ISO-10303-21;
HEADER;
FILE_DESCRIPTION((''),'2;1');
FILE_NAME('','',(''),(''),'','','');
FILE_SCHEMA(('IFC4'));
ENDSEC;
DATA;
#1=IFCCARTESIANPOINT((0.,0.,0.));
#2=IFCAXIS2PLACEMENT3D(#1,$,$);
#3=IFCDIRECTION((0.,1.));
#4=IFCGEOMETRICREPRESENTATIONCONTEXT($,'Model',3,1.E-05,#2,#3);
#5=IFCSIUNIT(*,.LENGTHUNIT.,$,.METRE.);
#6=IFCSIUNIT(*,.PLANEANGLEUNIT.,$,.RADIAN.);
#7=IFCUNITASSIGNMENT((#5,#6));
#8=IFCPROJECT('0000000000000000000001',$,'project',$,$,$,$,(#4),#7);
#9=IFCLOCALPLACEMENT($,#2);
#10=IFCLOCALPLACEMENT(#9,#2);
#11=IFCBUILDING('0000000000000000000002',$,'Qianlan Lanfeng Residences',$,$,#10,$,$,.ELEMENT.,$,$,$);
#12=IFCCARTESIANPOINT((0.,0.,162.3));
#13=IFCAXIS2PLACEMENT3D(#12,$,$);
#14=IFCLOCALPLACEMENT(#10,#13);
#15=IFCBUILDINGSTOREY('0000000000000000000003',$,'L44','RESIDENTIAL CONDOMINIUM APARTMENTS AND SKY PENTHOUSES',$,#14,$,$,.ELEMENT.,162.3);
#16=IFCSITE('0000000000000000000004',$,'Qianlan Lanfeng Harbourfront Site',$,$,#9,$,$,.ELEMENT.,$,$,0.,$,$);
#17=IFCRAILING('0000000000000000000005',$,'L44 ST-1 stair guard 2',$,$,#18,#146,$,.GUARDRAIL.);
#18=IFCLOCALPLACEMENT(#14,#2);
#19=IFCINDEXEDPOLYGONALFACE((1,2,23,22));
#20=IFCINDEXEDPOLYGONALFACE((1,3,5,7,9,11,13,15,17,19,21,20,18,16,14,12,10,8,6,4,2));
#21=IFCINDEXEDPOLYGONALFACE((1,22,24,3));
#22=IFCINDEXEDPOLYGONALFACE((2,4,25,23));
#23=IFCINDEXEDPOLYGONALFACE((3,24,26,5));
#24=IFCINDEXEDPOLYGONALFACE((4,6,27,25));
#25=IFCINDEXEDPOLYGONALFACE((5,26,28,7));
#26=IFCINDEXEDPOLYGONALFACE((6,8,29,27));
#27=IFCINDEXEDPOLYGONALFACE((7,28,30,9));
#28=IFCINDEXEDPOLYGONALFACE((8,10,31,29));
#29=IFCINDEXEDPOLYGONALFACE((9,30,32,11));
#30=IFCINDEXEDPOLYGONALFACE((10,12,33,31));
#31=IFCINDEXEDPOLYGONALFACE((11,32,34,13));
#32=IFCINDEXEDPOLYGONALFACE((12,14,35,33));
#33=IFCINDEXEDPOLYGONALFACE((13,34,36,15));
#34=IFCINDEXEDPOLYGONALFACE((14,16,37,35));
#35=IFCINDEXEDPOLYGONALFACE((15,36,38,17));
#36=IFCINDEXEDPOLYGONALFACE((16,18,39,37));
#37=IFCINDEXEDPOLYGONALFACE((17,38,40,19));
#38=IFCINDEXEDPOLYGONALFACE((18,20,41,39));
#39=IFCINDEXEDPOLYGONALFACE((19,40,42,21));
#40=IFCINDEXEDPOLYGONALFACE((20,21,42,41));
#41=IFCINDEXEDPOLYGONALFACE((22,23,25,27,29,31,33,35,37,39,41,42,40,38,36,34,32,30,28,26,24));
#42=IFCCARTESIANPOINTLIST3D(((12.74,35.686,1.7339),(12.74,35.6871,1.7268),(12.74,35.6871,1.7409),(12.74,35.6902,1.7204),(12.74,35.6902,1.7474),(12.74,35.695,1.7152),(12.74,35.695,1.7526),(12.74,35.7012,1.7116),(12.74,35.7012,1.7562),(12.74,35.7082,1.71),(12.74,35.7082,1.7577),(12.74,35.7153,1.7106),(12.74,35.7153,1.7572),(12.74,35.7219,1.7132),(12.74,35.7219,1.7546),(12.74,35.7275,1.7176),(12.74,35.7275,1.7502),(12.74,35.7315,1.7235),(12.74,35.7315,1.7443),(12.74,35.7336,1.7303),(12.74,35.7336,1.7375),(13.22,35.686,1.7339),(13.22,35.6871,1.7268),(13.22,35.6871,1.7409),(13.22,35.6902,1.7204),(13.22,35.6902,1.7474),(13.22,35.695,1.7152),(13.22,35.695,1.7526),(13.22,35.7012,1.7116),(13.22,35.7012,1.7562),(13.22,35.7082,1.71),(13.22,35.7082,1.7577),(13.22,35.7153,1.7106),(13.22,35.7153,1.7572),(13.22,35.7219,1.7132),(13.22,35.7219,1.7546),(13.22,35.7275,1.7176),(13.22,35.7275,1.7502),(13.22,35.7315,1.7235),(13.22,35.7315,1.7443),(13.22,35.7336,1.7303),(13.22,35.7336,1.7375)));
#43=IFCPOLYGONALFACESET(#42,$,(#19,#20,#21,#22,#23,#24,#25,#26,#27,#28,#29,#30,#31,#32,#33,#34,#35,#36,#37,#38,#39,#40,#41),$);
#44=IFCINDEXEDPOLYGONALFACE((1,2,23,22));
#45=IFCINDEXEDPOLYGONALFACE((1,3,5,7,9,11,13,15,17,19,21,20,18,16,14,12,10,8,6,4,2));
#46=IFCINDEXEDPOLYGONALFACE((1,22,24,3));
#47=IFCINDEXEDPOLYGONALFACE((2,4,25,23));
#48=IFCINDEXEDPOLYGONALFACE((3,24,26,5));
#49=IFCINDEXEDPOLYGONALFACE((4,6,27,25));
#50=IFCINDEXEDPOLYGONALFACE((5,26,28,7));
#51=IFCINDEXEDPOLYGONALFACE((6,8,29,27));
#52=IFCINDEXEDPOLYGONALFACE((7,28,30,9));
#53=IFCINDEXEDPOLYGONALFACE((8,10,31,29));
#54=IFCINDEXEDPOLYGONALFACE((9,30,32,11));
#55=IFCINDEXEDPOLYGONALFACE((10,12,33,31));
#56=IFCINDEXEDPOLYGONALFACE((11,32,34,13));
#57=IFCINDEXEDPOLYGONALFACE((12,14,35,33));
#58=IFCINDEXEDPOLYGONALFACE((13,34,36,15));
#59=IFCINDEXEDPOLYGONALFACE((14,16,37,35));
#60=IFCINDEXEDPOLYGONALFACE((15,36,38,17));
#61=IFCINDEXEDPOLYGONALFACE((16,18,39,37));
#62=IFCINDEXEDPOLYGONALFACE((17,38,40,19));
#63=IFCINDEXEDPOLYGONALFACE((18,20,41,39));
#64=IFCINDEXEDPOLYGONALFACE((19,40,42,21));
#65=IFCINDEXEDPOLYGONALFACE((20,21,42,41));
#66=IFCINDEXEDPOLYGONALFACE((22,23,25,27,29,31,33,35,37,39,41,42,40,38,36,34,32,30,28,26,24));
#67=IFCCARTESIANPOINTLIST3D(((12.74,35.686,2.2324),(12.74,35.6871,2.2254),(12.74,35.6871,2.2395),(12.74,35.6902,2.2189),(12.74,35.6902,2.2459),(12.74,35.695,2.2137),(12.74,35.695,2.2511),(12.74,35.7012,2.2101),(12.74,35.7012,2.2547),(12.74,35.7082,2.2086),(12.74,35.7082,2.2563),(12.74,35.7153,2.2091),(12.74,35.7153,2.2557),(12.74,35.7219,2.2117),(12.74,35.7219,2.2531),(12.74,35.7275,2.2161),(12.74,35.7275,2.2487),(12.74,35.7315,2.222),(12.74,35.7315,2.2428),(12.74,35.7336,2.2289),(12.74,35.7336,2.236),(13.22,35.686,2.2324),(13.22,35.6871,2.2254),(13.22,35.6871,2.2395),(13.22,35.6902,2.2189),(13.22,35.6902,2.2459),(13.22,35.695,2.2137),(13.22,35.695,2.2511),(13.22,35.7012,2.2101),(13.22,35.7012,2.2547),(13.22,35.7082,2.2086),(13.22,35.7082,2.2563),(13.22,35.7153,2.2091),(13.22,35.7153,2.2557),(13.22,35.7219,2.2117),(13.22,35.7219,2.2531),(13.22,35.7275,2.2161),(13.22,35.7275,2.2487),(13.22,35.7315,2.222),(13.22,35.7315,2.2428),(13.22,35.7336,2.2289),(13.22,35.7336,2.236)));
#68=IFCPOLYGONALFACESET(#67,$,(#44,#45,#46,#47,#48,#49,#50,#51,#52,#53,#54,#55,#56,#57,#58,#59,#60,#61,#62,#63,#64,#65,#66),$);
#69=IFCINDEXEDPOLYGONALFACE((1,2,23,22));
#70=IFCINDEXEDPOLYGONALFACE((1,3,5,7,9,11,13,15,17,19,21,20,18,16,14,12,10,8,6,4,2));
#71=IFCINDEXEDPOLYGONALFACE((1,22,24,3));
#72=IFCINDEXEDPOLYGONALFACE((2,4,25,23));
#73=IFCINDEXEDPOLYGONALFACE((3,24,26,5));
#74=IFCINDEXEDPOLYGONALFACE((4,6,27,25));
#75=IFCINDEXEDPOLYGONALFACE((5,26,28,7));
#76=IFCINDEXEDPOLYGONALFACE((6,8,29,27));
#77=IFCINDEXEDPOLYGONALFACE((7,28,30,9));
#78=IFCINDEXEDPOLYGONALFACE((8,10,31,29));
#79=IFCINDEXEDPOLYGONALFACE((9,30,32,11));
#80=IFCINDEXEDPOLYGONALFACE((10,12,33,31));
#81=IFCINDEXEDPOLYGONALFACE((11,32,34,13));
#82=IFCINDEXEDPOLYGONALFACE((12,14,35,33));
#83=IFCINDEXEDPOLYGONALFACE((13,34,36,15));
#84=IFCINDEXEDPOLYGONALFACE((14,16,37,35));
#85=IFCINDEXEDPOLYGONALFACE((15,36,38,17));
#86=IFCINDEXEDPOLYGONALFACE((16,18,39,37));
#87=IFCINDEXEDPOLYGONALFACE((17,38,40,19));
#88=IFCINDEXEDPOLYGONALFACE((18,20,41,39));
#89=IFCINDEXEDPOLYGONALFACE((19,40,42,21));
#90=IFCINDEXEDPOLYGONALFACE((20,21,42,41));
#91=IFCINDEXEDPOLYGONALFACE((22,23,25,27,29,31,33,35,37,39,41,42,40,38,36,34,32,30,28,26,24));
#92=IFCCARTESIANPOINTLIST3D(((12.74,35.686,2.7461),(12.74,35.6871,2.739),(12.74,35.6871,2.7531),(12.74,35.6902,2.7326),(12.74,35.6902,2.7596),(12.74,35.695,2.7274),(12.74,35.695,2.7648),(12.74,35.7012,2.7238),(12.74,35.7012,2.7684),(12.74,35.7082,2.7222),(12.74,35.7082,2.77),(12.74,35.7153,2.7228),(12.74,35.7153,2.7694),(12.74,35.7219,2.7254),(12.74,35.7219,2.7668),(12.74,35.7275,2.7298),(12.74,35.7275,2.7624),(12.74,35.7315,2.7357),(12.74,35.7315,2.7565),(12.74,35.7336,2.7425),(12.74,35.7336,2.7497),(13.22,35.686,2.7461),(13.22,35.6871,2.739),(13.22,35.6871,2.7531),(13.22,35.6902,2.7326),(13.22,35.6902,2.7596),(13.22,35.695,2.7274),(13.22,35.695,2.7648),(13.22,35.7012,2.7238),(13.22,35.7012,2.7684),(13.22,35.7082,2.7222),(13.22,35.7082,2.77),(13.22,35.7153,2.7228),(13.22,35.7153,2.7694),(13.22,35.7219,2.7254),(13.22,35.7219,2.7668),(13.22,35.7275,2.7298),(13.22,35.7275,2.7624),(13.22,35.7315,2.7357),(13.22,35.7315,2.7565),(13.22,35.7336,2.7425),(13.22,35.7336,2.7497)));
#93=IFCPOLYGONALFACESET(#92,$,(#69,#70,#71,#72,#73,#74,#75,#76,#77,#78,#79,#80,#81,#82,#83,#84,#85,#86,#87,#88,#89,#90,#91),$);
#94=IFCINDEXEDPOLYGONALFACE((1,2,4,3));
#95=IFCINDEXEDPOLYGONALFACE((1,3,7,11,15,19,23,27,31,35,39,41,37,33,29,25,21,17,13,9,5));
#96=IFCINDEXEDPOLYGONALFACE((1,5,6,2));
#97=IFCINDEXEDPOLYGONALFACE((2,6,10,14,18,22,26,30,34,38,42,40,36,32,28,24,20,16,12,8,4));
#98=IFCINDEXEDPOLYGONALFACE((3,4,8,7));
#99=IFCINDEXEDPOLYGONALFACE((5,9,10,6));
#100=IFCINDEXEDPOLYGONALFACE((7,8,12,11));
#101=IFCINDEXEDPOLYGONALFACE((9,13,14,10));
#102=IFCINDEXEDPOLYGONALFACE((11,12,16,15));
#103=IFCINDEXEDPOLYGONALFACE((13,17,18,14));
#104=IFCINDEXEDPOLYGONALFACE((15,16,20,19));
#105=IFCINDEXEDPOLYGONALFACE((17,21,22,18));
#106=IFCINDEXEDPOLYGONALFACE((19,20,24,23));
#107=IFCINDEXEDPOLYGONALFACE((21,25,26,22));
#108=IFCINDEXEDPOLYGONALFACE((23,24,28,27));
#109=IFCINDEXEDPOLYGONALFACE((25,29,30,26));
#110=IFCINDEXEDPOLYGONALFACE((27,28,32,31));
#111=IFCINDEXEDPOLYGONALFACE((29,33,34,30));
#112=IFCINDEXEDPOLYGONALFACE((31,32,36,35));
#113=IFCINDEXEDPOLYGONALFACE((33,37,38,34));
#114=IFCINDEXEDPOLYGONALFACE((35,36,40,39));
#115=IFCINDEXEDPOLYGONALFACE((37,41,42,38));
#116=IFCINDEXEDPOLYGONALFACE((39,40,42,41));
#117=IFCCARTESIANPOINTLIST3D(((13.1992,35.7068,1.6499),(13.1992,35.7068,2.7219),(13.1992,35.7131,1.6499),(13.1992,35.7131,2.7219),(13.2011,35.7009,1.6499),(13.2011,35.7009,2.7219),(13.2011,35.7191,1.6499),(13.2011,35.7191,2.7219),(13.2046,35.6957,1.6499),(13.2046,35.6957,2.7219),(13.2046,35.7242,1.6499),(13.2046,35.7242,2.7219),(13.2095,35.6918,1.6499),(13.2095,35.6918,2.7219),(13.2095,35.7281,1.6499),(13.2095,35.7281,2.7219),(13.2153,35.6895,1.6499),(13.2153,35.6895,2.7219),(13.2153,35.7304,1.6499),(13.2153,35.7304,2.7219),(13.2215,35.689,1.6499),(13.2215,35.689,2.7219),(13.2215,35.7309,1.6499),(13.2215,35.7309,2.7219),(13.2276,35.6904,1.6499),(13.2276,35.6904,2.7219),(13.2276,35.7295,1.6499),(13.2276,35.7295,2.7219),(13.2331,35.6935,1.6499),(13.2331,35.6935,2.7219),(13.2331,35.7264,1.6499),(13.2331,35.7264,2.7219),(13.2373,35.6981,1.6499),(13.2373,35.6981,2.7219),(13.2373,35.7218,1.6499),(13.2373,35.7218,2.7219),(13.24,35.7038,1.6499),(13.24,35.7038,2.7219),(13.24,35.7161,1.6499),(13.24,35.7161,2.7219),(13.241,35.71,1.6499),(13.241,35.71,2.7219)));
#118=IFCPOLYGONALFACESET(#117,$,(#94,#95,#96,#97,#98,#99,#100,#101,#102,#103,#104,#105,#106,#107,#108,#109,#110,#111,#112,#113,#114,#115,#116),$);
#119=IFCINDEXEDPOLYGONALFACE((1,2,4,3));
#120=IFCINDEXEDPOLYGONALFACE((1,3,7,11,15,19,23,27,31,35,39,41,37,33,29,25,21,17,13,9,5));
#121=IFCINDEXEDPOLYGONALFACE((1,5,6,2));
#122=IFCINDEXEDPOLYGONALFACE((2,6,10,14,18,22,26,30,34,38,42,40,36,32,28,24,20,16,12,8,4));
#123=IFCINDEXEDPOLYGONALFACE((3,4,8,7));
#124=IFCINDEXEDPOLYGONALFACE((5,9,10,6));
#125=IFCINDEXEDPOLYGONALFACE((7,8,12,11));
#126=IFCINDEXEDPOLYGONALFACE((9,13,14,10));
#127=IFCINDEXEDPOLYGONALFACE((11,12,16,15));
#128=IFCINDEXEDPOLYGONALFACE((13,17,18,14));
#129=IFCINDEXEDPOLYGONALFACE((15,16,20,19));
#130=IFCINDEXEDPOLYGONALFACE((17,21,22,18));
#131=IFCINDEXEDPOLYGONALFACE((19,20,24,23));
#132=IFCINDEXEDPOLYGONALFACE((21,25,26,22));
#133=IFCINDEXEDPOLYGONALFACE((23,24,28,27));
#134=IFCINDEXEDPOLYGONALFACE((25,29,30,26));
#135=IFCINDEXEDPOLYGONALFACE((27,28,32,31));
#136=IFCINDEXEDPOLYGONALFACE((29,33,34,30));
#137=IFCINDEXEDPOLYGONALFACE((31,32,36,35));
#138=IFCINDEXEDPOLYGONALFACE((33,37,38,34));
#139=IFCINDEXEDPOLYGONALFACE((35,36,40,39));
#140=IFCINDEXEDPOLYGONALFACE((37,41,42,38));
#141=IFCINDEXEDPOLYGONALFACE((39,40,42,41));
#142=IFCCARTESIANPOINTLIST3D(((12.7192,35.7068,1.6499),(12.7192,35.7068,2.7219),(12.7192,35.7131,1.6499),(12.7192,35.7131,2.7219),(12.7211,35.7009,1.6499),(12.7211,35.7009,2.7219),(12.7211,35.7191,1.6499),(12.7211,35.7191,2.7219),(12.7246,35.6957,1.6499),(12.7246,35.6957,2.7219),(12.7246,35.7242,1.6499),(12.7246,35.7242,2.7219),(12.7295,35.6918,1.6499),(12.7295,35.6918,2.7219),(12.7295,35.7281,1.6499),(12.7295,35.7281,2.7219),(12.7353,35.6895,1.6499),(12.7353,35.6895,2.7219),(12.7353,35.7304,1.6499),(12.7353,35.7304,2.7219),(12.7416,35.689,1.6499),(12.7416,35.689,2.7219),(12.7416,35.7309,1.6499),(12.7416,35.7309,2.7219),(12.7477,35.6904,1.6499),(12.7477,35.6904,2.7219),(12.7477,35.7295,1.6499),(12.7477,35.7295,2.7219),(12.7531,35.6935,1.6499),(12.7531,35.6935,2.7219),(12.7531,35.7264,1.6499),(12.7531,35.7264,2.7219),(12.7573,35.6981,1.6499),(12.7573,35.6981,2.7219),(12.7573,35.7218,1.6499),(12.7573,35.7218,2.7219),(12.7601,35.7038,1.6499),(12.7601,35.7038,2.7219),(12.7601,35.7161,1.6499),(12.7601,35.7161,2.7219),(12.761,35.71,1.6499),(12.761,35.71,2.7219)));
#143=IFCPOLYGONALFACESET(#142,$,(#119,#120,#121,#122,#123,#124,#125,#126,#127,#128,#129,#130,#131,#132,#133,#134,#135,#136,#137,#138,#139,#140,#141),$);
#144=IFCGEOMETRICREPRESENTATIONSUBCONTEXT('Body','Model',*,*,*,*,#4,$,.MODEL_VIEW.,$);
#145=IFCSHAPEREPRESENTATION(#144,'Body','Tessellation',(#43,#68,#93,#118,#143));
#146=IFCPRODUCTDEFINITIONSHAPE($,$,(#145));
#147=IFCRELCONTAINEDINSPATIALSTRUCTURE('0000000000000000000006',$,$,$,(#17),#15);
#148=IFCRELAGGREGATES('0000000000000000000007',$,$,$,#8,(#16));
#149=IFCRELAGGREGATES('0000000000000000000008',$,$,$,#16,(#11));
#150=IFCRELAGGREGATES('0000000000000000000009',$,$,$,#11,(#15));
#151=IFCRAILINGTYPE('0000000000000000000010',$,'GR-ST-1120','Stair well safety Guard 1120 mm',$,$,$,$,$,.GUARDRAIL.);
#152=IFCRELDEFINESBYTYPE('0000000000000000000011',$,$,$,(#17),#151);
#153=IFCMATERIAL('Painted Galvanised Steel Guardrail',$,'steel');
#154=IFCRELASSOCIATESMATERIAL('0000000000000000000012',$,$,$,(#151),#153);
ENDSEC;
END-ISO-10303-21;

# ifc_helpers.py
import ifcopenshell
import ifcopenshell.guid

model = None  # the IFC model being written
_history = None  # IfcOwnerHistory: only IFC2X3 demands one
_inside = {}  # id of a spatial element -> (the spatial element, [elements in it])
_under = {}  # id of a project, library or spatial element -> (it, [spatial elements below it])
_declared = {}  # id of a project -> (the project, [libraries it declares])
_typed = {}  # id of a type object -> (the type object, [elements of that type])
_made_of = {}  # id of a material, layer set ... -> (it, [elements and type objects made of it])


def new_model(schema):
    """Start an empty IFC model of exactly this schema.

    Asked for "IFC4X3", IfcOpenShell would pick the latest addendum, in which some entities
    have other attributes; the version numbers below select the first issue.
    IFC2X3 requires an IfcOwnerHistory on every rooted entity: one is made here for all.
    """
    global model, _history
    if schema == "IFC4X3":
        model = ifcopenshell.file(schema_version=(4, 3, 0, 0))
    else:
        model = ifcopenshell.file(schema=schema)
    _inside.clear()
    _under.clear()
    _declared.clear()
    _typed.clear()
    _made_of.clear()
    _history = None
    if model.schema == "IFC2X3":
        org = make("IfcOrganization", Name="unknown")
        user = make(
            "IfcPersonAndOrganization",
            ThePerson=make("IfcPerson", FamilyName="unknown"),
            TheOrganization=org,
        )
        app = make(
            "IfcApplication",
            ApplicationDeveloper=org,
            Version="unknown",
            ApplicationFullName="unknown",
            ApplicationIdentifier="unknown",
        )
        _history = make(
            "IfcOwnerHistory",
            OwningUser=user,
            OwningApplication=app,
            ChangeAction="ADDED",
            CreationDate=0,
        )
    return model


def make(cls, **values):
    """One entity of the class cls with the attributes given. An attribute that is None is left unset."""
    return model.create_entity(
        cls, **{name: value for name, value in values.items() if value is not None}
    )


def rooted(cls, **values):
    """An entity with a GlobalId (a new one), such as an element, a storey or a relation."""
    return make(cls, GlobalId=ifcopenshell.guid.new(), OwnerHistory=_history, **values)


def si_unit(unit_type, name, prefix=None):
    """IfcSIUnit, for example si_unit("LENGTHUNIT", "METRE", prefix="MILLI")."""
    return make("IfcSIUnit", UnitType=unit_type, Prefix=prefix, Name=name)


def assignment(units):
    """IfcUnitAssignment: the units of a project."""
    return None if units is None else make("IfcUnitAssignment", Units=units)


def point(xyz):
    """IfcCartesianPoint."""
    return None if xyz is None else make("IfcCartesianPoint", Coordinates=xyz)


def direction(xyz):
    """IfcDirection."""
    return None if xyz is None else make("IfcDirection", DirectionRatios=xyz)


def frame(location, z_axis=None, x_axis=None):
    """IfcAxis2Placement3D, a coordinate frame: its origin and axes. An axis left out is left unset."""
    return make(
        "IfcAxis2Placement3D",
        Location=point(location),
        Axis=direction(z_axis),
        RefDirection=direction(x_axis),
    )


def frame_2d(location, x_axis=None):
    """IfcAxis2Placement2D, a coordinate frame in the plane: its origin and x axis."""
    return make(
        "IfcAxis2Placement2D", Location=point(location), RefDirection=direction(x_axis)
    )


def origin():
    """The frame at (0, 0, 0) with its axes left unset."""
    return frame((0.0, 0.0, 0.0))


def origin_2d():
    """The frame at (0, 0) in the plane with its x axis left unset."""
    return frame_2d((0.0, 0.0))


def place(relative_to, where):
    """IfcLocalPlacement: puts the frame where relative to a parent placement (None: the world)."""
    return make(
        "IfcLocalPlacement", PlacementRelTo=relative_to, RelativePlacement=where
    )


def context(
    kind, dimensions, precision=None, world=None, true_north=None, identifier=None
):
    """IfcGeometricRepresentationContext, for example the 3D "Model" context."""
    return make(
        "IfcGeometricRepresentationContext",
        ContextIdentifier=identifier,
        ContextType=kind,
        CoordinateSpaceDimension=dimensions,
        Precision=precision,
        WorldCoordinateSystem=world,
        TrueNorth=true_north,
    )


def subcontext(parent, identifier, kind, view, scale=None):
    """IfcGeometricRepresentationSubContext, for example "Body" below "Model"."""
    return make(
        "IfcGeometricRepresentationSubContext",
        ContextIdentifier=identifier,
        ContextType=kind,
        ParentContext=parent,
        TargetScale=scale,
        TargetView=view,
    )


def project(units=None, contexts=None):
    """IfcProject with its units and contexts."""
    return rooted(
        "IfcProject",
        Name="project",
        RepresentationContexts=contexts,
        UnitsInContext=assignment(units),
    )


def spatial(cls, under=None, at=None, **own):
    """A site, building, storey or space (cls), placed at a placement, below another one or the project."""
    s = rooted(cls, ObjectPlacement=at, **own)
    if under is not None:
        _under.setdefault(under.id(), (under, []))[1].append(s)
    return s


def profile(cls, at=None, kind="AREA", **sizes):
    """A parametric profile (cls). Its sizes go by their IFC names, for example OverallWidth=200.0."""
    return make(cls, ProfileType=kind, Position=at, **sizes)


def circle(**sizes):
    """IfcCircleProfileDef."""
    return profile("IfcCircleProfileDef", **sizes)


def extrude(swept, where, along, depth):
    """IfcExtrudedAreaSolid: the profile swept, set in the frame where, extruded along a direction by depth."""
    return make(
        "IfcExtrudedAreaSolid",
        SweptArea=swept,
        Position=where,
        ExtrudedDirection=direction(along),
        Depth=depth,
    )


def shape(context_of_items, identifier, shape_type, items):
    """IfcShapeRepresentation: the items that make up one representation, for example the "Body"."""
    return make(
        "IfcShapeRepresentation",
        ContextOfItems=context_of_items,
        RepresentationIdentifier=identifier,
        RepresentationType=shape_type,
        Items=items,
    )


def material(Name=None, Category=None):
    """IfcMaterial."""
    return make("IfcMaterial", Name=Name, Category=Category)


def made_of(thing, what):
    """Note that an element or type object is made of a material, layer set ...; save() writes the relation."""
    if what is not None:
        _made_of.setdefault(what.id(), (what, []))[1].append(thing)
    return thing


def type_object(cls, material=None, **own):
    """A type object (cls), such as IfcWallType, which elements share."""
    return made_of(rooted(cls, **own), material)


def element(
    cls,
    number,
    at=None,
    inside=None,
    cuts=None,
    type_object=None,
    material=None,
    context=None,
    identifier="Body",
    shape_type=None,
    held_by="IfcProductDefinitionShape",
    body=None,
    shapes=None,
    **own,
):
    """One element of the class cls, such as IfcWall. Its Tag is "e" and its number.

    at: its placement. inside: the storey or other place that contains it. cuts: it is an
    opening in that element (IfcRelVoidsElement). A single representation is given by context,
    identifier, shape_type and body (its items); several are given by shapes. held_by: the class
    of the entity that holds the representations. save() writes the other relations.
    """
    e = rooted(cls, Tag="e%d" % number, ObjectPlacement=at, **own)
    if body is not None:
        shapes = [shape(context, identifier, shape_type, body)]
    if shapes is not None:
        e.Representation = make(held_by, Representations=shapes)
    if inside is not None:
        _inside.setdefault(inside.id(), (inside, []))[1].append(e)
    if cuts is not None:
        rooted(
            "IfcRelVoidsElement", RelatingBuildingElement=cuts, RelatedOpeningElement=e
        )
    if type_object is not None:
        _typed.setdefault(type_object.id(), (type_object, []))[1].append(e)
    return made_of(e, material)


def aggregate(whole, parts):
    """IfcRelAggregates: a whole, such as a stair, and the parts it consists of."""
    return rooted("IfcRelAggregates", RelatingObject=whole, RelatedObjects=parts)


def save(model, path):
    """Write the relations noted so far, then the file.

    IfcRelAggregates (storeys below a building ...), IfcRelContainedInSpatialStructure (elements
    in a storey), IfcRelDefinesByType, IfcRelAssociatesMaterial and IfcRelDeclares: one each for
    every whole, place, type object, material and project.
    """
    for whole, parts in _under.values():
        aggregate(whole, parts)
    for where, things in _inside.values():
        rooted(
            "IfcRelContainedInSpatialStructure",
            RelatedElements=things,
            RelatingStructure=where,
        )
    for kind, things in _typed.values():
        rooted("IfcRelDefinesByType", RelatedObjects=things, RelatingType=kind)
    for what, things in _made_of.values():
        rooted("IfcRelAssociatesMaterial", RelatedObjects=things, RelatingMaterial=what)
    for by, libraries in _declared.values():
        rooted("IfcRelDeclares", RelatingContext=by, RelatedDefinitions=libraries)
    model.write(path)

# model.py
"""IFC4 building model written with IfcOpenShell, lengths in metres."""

from ifc_helpers import new_model, si_unit, direction, frame, origin, origin_2d, place, context, subcontext, project, spatial, circle, extrude, material, type_object, element, save


model = new_model("IFC4")

# Units and contexts
model_context = context("Model", 3, precision=1e-05, world=origin(), true_north=direction((0.0, 1.0)))
body_context = subcontext(model_context, "Body", "Model", "MODEL_VIEW")
ifc_project = project(units=[si_unit("LENGTHUNIT", "METRE"), si_unit("PLANEANGLEUNIT", "RADIAN")], contexts=[model_context])

# Site, building, storey
site_placement = place(None, origin())
site = spatial("IfcSite", under=ifc_project, at=site_placement, Name="Qianlan Lanfeng Harbourfront Site", CompositionType="ELEMENT", RefElevation=0.0)
building_placement = place(site_placement, origin())
building = spatial("IfcBuilding", under=site, at=building_placement, Name="Qianlan Lanfeng Residences", CompositionType="ELEMENT")
storey_placement = place(building_placement, frame((0.0, 0.0, 162.3)))
storey = spatial("IfcBuildingStorey", under=building, at=storey_placement, Name="L44", Description="RESIDENTIAL CONDOMINIUM APARTMENTS AND SKY PENTHOUSES", CompositionType="ELEMENT", Elevation=162.3)

# Railing
ifc_material_1 = material(Name="Painted Galvanised Steel Guardrail", Category="steel")
railing_type_1 = type_object("IfcRailingType", Name="GR-ST-1120", Description="Stair well safety Guard 1120 mm", PredefinedType="GUARDRAIL", material=ifc_material_1)
railing_1_placement = place(storey_placement, frame((13.22, 35.71, 1.6499)))
element("IfcRailing", 1, at=railing_1_placement, inside=storey, type_object=railing_type_1, Name="L44 ST-1 stair guard 2", PredefinedType="GUARDRAIL", context=body_context, shape_type="SweptSolid", body=[
    extrude(circle(Radius=0.0239, at=origin_2d()), frame((0.0, 0.0, 0.084), z_axis=(-1.0, 0.0, 0.0), x_axis=(0.0, -1.0, 0.0)), (0.0, 0.0, 1.0), 0.48),
    extrude(circle(Radius=0.0239, at=origin_2d()), frame((0.0, 0.0, 0.5825), z_axis=(-1.0, 0.0, 0.0), x_axis=(0.0, -1.0, 0.0)), (0.0, 0.0, 1.0), 0.48),
    extrude(circle(Radius=0.0239, at=origin_2d()), frame((0.0, 0.0, 1.0962), z_axis=(-1.0, 0.0, 0.0), x_axis=(0.0, -1.0, 0.0)), (0.0, 0.0, 1.0), 0.48),
    extrude(circle(Radius=0.021, at=origin_2d()), origin(), (0.0, 0.0, 1.0), 1.072),
    extrude(circle(Radius=0.021, at=origin_2d()), frame((-0.48, 0.0, 0.0)), (0.0, 0.0, 1.0), 1.072),
])

save(model, "model.ifc")
